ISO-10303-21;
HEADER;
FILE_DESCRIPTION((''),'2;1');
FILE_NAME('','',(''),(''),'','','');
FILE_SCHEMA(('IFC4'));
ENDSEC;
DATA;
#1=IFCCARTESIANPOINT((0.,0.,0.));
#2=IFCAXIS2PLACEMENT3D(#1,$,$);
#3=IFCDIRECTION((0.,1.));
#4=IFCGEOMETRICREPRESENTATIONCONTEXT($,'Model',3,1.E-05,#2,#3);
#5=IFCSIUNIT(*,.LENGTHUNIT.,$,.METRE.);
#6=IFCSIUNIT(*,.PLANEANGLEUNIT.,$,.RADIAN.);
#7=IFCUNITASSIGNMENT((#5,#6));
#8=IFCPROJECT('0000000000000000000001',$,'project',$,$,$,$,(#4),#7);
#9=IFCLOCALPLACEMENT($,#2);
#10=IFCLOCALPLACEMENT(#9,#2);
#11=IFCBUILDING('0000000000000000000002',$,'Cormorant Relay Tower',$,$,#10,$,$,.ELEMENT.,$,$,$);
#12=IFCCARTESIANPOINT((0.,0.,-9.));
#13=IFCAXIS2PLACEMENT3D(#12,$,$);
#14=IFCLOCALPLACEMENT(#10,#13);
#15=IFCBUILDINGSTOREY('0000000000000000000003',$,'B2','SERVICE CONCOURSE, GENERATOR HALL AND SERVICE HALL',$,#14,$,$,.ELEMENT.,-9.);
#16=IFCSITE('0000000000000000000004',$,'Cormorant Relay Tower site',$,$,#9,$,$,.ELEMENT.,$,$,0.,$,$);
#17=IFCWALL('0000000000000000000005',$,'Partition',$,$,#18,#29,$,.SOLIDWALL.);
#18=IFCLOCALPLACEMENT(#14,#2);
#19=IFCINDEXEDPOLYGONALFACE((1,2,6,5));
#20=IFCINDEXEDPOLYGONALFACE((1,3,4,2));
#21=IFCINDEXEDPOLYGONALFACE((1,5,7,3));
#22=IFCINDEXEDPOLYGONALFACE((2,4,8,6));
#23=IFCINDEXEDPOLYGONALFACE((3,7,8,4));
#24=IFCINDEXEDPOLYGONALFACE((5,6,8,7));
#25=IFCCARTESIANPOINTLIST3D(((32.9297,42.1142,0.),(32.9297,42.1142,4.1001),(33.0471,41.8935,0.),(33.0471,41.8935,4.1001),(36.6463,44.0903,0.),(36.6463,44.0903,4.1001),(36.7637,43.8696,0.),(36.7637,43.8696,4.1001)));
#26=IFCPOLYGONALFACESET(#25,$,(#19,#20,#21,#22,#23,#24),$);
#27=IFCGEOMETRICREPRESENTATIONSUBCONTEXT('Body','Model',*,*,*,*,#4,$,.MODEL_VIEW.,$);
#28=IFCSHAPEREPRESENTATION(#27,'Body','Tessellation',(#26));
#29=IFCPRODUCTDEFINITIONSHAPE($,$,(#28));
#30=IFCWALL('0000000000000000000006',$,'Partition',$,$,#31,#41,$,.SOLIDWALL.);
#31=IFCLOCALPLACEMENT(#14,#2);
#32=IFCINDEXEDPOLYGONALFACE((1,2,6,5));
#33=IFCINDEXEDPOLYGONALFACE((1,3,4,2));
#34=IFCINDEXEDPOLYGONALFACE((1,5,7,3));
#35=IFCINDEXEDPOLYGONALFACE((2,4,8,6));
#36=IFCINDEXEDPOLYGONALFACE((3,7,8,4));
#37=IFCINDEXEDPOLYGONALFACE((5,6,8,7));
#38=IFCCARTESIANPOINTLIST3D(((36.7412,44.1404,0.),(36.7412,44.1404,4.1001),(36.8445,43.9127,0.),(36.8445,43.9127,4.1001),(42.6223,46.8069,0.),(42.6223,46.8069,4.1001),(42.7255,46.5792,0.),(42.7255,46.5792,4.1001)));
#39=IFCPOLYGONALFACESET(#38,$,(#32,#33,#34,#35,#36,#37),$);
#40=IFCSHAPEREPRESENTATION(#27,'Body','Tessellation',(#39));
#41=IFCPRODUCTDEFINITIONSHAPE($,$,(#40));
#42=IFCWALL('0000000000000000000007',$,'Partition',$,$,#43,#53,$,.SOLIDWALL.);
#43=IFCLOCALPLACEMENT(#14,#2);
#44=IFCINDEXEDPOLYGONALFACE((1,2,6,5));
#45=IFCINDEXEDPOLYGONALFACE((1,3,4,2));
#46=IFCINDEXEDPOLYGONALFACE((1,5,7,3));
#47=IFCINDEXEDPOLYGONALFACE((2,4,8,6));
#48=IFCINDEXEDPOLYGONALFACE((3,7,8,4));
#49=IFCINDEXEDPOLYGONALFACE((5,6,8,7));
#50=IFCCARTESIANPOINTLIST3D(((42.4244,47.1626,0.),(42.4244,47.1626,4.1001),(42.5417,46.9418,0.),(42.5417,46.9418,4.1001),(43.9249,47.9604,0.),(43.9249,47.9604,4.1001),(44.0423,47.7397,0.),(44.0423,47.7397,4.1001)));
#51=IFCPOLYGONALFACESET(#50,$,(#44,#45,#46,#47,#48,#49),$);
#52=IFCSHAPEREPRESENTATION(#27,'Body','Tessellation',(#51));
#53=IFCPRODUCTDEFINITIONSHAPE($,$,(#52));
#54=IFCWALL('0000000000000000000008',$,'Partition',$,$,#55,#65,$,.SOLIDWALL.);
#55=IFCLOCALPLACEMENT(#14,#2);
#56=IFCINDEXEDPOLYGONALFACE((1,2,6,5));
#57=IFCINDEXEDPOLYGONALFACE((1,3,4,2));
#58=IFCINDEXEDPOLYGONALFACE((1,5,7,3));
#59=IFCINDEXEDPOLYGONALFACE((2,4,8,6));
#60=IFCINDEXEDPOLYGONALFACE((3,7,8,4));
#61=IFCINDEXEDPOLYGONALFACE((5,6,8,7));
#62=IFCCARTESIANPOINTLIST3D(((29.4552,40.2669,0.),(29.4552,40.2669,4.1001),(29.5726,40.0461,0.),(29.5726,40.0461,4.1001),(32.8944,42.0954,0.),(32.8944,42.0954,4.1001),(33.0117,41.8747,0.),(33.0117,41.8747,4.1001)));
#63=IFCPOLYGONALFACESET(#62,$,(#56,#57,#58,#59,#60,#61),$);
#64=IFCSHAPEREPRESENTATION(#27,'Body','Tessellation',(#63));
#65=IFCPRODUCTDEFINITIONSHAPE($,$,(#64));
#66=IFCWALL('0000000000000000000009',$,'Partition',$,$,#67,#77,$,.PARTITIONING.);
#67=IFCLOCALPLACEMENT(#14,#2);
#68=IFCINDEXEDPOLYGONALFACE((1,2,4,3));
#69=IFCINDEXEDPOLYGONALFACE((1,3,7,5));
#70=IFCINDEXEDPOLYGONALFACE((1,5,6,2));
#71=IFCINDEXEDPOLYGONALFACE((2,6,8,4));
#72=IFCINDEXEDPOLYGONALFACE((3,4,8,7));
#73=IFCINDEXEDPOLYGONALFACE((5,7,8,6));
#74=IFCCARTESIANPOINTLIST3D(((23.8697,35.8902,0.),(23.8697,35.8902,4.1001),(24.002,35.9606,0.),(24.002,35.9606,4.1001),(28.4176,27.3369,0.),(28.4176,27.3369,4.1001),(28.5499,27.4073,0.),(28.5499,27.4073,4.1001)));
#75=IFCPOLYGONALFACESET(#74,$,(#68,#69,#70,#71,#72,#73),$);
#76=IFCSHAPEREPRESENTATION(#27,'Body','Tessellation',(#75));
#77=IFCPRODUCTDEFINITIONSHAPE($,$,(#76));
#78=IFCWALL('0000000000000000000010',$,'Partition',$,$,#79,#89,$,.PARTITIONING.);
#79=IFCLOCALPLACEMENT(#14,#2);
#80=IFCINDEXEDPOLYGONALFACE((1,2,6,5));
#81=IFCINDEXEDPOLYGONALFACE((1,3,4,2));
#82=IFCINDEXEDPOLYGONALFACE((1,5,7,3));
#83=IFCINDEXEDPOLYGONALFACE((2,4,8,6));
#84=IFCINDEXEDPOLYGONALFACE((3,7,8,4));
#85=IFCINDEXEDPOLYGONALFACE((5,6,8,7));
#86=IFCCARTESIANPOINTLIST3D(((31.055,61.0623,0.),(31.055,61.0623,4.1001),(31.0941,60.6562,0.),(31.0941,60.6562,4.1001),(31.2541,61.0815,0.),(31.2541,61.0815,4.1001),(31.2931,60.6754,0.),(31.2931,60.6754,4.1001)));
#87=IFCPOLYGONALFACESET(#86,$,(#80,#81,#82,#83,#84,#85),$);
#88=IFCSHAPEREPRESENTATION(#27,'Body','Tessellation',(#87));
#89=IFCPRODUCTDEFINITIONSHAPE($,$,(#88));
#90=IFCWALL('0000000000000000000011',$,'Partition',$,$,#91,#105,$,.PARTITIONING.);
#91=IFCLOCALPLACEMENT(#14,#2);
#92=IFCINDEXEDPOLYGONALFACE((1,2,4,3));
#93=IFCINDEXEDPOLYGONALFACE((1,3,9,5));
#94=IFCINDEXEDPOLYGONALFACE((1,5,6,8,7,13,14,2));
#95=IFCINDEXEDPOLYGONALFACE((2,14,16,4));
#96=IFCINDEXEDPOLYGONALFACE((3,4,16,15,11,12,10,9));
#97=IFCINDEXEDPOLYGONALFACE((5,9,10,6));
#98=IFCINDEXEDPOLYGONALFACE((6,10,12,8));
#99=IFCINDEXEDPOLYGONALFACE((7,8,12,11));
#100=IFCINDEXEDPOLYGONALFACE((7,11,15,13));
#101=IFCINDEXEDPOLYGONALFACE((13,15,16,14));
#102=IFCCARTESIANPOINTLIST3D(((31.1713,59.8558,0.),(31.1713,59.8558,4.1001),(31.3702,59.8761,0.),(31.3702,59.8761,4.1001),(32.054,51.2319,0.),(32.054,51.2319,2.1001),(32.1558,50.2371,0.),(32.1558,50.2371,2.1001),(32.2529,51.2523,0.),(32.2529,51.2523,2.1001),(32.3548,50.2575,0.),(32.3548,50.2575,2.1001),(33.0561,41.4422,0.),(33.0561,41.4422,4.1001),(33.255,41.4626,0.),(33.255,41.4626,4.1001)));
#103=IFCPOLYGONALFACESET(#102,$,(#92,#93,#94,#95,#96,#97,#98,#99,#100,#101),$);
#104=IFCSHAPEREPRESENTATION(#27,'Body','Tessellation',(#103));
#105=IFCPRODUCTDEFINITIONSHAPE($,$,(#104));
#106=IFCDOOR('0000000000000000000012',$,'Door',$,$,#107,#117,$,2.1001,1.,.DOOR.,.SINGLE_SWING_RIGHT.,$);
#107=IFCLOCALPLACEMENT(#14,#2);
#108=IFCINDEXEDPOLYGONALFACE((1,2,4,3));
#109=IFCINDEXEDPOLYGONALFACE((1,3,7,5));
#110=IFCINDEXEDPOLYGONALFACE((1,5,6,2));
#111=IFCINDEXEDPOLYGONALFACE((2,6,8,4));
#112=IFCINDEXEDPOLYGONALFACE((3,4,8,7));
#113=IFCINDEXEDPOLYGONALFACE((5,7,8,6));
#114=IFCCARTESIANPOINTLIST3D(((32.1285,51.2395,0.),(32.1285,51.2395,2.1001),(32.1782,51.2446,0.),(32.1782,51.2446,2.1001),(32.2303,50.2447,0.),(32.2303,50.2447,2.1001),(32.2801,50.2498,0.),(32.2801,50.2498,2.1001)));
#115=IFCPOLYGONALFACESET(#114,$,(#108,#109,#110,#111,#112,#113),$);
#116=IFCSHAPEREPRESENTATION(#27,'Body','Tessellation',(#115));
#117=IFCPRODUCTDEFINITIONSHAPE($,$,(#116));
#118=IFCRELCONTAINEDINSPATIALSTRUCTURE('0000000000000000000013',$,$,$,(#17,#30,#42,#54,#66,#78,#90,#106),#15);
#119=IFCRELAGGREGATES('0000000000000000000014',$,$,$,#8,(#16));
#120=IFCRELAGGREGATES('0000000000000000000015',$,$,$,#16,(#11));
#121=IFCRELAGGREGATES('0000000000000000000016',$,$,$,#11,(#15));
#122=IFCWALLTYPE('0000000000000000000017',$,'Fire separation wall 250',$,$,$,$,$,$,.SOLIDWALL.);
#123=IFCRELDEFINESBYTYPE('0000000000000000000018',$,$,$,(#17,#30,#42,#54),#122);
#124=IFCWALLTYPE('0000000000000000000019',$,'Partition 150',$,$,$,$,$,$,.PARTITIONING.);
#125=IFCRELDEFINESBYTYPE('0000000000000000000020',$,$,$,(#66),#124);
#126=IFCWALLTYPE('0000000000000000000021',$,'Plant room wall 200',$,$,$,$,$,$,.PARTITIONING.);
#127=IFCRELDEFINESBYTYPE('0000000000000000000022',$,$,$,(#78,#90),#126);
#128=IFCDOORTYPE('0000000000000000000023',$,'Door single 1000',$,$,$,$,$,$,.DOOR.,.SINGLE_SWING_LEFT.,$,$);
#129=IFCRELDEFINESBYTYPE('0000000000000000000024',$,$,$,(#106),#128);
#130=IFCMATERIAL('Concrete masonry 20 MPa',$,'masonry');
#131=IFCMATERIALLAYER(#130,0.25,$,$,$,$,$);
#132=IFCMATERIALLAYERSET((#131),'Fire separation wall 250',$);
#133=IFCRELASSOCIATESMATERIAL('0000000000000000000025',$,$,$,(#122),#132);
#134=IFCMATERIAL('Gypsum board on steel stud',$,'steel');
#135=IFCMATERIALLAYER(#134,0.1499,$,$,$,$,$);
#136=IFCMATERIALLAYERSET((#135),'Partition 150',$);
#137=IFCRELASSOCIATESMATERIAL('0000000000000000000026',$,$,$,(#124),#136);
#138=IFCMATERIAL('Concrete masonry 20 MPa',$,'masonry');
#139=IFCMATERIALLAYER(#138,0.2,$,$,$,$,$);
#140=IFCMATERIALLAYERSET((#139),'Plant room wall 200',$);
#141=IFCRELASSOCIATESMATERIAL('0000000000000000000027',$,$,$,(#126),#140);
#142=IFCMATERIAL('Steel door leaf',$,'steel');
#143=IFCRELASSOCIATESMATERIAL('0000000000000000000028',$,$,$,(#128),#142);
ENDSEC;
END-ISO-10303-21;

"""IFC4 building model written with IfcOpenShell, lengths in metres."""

from ifc_helpers import new_model, si_unit, direction, frame, frame_2d, origin, place, context, subcontext, project, spatial, rectangle, extrude, material, layer, layer_set, type_object, element, fill, save


model = new_model("IFC4")

# Units and contexts
model_context = context("Model", 3, precision=1e-05, world=origin(), true_north=direction((0.0, 1.0)))
body_context = subcontext(model_context, "Body", "Model", "MODEL_VIEW")
ifc_project = project(units=[si_unit("LENGTHUNIT", "METRE"), si_unit("PLANEANGLEUNIT", "RADIAN")], contexts=[model_context])

# Site, building, storey
site_placement = place(None, origin())
site = spatial("IfcSite", under=ifc_project, at=site_placement, Name="Cormorant Relay Tower site", CompositionType="ELEMENT", RefElevation=0.0)
building_placement = place(site_placement, origin())
building = spatial("IfcBuilding", under=site, at=building_placement, Name="Cormorant Relay Tower", CompositionType="ELEMENT")
storey_placement = place(building_placement, frame((0.0, 0.0, -9.0)))
storey = spatial("IfcBuildingStorey", under=building, at=storey_placement, Name="B2", Description="SERVICE CONCOURSE, GENERATOR HALL AND SERVICE HALL", CompositionType="ELEMENT", Elevation=-9.0)

# Walls
ifc_material_1 = material(Name="Concrete masonry 20 MPa", Category="masonry")
ifc_layer_1 = layer(ifc_material_1, 0.25)
ifc_layer_set_1 = layer_set([ifc_layer_1], Name="Fire separation wall 250")
wall_type_1 = type_object("IfcWallType", Name="Fire separation wall 250", PredefinedType="SOLIDWALL", material=ifc_layer_set_1)
wall_1_placement = place(storey_placement, frame((32.9885, 42.0039, 0.0), z_axis=(0.0, 0.0, 1.0), x_axis=(0.882953, 0.469462, 0.0)))
element("IfcWall", 1, at=wall_1_placement, inside=storey, type_object=wall_type_1, Name="Partition", PredefinedType="SOLIDWALL", context=body_context, shape_type="SweptSolid", body=[
    extrude(rectangle(XDim=4.2092, YDim=0.25, at=frame_2d((2.1045, 0.0))), origin(), (0.0, 0.0, 1.0), 4.1001),
])
wall_2_placement = place(storey_placement, frame((36.793, 44.0266, 0.0), z_axis=(0.0, 0.0, 1.0), x_axis=(0.910758, 0.41294, 0.0)))
element("IfcWall", 2, at=wall_2_placement, inside=storey, type_object=wall_type_1, Name="Partition", PredefinedType="SOLIDWALL", context=body_context, shape_type="SweptSolid", body=[
    extrude(rectangle(XDim=6.4573, YDim=0.25, at=frame_2d((3.2285, 0.0))), origin(), (0.0, 0.0, 1.0), 4.1001),
])
wall_3_placement = place(storey_placement, frame((42.4832, 47.0522, 0.0), z_axis=(0.0, 0.0, 1.0), x_axis=(0.882941, 0.469484, 0.0)))
element("IfcWall", 3, at=wall_3_placement, inside=storey, type_object=wall_type_1, Name="Partition", PredefinedType="SOLIDWALL", context=body_context, shape_type="SweptSolid", body=[
    extrude(rectangle(XDim=1.6995, YDim=0.25, at=frame_2d((0.8496, 0.0))), origin(), (0.0, 0.0, 1.0), 4.1001),
])
wall_4_placement = place(storey_placement, frame((29.5139, 40.1565, 0.0), z_axis=(0.0, 0.0, 1.0), x_axis=(0.882953, 0.469462, 0.0)))
element("IfcWall", 4, at=wall_4_placement, inside=storey, type_object=wall_type_1, Name="Partition", PredefinedType="SOLIDWALL", context=body_context, shape_type="SweptSolid", body=[
    extrude(rectangle(XDim=3.895, YDim=0.25, at=frame_2d((1.9475, 0.0))), origin(), (0.0, 0.0, 1.0), 4.1001),
])
ifc_material_2 = material(Name="Gypsum board on steel stud", Category="steel")
ifc_layer_2 = layer(ifc_material_2, 0.1499)
ifc_layer_set_2 = layer_set([ifc_layer_2], Name="Partition 150")
wall_type_2 = type_object("IfcWallType", Name="Partition 150", PredefinedType="PARTITIONING", material=ifc_layer_set_2)
wall_5_placement = place(storey_placement, frame((23.9358, 35.9255, 0.0), z_axis=(0.0, 0.0, 1.0), x_axis=(0.469473, -0.882947, 0.0)))
element("IfcWall", 5, at=wall_5_placement, inside=storey, type_object=wall_type_2, Name="Partition", PredefinedType="PARTITIONING", context=body_context, shape_type="SweptSolid", body=[
    extrude(rectangle(XDim=9.6873, YDim=0.1499, at=frame_2d((4.8438, 0.0))), origin(), (0.0, 0.0, 1.0), 4.1001),
])
ifc_material_3 = material(Name="Concrete masonry 20 MPa", Category="masonry")
ifc_layer_3 = layer(ifc_material_3, 0.2)
ifc_layer_set_3 = layer_set([ifc_layer_3], Name="Plant room wall 200")
wall_type_3 = type_object("IfcWallType", Name="Plant room wall 200", PredefinedType="PARTITIONING", material=ifc_layer_set_3)
wall_6_placement = place(storey_placement, frame((31.1545, 61.072, 0.0), z_axis=(0.0, 0.0, 1.0), x_axis=(0.095769, -0.995404, 0.0)))
element("IfcWall", 6, at=wall_6_placement, inside=storey, type_object=wall_type_3, Name="Partition", PredefinedType="PARTITIONING", context=body_context, shape_type="SweptSolid", body=[
    extrude(rectangle(XDim=0.408, YDim=0.2, at=frame_2d((0.2041, 0.0))), origin(), (0.0, 0.0, 1.0), 4.1001),
])

# Wall, opening, door
wall_7_placement = place(storey_placement, frame((31.2708, 59.866, 0.0), z_axis=(0.0, 0.0, 1.0), x_axis=(0.101825, -0.994802, 0.0)))
wall_7 = element("IfcWall", 7, at=wall_7_placement, inside=storey, type_object=wall_type_3, Name="Partition", PredefinedType="PARTITIONING", context=body_context, shape_type="SweptSolid", body=[
    extrude(rectangle(XDim=18.5098, YDim=0.2, at=frame_2d((9.2549, 0.0))), origin(), (0.0, 0.0, 1.0), 4.1001),
])
opening_placement = place(wall_7_placement, frame((8.6689, 0.0, 0.0)))
opening = element("IfcOpeningElement", 8, at=opening_placement, cuts=wall_7, PredefinedType="OPENING", context=body_context, shape_type="SweptSolid", body=[
    extrude(rectangle(XDim=1.0, YDim=2.1001, at=frame_2d((0.5, 1.05))), frame((0.0, 0.1099, 0.0), z_axis=(0.0, -1.0, 0.0), x_axis=(1.0, 0.0, 0.0)), (0.0, 0.0, 1.0), 0.22),
])
ifc_material_4 = material(Name="Steel door leaf", Category="steel")
door_type = type_object("IfcDoorType", Name="Door single 1000", OperationType="SINGLE_SWING_LEFT", PredefinedType="DOOR", material=ifc_material_4)
door_placement = place(opening_placement, origin())
door = element("IfcDoor", 9, at=door_placement, inside=storey, type_object=door_type, Name="Door", OperationType="SINGLE_SWING_RIGHT", OverallHeight=2.1001, OverallWidth=1.0, PredefinedType="DOOR", context=body_context, shape_type="SweptSolid", body=[
    extrude(rectangle(XDim=1.0, YDim=2.1001, at=frame_2d((0.5, 1.05))), frame((0.0, 0.0249, 0.0), z_axis=(0.0, -1.0, 0.0), x_axis=(1.0, 0.0, 0.0)), (0.0, 0.0, 1.0), 0.05),
])
fill(opening, door)

save(model, "model.ifc")
